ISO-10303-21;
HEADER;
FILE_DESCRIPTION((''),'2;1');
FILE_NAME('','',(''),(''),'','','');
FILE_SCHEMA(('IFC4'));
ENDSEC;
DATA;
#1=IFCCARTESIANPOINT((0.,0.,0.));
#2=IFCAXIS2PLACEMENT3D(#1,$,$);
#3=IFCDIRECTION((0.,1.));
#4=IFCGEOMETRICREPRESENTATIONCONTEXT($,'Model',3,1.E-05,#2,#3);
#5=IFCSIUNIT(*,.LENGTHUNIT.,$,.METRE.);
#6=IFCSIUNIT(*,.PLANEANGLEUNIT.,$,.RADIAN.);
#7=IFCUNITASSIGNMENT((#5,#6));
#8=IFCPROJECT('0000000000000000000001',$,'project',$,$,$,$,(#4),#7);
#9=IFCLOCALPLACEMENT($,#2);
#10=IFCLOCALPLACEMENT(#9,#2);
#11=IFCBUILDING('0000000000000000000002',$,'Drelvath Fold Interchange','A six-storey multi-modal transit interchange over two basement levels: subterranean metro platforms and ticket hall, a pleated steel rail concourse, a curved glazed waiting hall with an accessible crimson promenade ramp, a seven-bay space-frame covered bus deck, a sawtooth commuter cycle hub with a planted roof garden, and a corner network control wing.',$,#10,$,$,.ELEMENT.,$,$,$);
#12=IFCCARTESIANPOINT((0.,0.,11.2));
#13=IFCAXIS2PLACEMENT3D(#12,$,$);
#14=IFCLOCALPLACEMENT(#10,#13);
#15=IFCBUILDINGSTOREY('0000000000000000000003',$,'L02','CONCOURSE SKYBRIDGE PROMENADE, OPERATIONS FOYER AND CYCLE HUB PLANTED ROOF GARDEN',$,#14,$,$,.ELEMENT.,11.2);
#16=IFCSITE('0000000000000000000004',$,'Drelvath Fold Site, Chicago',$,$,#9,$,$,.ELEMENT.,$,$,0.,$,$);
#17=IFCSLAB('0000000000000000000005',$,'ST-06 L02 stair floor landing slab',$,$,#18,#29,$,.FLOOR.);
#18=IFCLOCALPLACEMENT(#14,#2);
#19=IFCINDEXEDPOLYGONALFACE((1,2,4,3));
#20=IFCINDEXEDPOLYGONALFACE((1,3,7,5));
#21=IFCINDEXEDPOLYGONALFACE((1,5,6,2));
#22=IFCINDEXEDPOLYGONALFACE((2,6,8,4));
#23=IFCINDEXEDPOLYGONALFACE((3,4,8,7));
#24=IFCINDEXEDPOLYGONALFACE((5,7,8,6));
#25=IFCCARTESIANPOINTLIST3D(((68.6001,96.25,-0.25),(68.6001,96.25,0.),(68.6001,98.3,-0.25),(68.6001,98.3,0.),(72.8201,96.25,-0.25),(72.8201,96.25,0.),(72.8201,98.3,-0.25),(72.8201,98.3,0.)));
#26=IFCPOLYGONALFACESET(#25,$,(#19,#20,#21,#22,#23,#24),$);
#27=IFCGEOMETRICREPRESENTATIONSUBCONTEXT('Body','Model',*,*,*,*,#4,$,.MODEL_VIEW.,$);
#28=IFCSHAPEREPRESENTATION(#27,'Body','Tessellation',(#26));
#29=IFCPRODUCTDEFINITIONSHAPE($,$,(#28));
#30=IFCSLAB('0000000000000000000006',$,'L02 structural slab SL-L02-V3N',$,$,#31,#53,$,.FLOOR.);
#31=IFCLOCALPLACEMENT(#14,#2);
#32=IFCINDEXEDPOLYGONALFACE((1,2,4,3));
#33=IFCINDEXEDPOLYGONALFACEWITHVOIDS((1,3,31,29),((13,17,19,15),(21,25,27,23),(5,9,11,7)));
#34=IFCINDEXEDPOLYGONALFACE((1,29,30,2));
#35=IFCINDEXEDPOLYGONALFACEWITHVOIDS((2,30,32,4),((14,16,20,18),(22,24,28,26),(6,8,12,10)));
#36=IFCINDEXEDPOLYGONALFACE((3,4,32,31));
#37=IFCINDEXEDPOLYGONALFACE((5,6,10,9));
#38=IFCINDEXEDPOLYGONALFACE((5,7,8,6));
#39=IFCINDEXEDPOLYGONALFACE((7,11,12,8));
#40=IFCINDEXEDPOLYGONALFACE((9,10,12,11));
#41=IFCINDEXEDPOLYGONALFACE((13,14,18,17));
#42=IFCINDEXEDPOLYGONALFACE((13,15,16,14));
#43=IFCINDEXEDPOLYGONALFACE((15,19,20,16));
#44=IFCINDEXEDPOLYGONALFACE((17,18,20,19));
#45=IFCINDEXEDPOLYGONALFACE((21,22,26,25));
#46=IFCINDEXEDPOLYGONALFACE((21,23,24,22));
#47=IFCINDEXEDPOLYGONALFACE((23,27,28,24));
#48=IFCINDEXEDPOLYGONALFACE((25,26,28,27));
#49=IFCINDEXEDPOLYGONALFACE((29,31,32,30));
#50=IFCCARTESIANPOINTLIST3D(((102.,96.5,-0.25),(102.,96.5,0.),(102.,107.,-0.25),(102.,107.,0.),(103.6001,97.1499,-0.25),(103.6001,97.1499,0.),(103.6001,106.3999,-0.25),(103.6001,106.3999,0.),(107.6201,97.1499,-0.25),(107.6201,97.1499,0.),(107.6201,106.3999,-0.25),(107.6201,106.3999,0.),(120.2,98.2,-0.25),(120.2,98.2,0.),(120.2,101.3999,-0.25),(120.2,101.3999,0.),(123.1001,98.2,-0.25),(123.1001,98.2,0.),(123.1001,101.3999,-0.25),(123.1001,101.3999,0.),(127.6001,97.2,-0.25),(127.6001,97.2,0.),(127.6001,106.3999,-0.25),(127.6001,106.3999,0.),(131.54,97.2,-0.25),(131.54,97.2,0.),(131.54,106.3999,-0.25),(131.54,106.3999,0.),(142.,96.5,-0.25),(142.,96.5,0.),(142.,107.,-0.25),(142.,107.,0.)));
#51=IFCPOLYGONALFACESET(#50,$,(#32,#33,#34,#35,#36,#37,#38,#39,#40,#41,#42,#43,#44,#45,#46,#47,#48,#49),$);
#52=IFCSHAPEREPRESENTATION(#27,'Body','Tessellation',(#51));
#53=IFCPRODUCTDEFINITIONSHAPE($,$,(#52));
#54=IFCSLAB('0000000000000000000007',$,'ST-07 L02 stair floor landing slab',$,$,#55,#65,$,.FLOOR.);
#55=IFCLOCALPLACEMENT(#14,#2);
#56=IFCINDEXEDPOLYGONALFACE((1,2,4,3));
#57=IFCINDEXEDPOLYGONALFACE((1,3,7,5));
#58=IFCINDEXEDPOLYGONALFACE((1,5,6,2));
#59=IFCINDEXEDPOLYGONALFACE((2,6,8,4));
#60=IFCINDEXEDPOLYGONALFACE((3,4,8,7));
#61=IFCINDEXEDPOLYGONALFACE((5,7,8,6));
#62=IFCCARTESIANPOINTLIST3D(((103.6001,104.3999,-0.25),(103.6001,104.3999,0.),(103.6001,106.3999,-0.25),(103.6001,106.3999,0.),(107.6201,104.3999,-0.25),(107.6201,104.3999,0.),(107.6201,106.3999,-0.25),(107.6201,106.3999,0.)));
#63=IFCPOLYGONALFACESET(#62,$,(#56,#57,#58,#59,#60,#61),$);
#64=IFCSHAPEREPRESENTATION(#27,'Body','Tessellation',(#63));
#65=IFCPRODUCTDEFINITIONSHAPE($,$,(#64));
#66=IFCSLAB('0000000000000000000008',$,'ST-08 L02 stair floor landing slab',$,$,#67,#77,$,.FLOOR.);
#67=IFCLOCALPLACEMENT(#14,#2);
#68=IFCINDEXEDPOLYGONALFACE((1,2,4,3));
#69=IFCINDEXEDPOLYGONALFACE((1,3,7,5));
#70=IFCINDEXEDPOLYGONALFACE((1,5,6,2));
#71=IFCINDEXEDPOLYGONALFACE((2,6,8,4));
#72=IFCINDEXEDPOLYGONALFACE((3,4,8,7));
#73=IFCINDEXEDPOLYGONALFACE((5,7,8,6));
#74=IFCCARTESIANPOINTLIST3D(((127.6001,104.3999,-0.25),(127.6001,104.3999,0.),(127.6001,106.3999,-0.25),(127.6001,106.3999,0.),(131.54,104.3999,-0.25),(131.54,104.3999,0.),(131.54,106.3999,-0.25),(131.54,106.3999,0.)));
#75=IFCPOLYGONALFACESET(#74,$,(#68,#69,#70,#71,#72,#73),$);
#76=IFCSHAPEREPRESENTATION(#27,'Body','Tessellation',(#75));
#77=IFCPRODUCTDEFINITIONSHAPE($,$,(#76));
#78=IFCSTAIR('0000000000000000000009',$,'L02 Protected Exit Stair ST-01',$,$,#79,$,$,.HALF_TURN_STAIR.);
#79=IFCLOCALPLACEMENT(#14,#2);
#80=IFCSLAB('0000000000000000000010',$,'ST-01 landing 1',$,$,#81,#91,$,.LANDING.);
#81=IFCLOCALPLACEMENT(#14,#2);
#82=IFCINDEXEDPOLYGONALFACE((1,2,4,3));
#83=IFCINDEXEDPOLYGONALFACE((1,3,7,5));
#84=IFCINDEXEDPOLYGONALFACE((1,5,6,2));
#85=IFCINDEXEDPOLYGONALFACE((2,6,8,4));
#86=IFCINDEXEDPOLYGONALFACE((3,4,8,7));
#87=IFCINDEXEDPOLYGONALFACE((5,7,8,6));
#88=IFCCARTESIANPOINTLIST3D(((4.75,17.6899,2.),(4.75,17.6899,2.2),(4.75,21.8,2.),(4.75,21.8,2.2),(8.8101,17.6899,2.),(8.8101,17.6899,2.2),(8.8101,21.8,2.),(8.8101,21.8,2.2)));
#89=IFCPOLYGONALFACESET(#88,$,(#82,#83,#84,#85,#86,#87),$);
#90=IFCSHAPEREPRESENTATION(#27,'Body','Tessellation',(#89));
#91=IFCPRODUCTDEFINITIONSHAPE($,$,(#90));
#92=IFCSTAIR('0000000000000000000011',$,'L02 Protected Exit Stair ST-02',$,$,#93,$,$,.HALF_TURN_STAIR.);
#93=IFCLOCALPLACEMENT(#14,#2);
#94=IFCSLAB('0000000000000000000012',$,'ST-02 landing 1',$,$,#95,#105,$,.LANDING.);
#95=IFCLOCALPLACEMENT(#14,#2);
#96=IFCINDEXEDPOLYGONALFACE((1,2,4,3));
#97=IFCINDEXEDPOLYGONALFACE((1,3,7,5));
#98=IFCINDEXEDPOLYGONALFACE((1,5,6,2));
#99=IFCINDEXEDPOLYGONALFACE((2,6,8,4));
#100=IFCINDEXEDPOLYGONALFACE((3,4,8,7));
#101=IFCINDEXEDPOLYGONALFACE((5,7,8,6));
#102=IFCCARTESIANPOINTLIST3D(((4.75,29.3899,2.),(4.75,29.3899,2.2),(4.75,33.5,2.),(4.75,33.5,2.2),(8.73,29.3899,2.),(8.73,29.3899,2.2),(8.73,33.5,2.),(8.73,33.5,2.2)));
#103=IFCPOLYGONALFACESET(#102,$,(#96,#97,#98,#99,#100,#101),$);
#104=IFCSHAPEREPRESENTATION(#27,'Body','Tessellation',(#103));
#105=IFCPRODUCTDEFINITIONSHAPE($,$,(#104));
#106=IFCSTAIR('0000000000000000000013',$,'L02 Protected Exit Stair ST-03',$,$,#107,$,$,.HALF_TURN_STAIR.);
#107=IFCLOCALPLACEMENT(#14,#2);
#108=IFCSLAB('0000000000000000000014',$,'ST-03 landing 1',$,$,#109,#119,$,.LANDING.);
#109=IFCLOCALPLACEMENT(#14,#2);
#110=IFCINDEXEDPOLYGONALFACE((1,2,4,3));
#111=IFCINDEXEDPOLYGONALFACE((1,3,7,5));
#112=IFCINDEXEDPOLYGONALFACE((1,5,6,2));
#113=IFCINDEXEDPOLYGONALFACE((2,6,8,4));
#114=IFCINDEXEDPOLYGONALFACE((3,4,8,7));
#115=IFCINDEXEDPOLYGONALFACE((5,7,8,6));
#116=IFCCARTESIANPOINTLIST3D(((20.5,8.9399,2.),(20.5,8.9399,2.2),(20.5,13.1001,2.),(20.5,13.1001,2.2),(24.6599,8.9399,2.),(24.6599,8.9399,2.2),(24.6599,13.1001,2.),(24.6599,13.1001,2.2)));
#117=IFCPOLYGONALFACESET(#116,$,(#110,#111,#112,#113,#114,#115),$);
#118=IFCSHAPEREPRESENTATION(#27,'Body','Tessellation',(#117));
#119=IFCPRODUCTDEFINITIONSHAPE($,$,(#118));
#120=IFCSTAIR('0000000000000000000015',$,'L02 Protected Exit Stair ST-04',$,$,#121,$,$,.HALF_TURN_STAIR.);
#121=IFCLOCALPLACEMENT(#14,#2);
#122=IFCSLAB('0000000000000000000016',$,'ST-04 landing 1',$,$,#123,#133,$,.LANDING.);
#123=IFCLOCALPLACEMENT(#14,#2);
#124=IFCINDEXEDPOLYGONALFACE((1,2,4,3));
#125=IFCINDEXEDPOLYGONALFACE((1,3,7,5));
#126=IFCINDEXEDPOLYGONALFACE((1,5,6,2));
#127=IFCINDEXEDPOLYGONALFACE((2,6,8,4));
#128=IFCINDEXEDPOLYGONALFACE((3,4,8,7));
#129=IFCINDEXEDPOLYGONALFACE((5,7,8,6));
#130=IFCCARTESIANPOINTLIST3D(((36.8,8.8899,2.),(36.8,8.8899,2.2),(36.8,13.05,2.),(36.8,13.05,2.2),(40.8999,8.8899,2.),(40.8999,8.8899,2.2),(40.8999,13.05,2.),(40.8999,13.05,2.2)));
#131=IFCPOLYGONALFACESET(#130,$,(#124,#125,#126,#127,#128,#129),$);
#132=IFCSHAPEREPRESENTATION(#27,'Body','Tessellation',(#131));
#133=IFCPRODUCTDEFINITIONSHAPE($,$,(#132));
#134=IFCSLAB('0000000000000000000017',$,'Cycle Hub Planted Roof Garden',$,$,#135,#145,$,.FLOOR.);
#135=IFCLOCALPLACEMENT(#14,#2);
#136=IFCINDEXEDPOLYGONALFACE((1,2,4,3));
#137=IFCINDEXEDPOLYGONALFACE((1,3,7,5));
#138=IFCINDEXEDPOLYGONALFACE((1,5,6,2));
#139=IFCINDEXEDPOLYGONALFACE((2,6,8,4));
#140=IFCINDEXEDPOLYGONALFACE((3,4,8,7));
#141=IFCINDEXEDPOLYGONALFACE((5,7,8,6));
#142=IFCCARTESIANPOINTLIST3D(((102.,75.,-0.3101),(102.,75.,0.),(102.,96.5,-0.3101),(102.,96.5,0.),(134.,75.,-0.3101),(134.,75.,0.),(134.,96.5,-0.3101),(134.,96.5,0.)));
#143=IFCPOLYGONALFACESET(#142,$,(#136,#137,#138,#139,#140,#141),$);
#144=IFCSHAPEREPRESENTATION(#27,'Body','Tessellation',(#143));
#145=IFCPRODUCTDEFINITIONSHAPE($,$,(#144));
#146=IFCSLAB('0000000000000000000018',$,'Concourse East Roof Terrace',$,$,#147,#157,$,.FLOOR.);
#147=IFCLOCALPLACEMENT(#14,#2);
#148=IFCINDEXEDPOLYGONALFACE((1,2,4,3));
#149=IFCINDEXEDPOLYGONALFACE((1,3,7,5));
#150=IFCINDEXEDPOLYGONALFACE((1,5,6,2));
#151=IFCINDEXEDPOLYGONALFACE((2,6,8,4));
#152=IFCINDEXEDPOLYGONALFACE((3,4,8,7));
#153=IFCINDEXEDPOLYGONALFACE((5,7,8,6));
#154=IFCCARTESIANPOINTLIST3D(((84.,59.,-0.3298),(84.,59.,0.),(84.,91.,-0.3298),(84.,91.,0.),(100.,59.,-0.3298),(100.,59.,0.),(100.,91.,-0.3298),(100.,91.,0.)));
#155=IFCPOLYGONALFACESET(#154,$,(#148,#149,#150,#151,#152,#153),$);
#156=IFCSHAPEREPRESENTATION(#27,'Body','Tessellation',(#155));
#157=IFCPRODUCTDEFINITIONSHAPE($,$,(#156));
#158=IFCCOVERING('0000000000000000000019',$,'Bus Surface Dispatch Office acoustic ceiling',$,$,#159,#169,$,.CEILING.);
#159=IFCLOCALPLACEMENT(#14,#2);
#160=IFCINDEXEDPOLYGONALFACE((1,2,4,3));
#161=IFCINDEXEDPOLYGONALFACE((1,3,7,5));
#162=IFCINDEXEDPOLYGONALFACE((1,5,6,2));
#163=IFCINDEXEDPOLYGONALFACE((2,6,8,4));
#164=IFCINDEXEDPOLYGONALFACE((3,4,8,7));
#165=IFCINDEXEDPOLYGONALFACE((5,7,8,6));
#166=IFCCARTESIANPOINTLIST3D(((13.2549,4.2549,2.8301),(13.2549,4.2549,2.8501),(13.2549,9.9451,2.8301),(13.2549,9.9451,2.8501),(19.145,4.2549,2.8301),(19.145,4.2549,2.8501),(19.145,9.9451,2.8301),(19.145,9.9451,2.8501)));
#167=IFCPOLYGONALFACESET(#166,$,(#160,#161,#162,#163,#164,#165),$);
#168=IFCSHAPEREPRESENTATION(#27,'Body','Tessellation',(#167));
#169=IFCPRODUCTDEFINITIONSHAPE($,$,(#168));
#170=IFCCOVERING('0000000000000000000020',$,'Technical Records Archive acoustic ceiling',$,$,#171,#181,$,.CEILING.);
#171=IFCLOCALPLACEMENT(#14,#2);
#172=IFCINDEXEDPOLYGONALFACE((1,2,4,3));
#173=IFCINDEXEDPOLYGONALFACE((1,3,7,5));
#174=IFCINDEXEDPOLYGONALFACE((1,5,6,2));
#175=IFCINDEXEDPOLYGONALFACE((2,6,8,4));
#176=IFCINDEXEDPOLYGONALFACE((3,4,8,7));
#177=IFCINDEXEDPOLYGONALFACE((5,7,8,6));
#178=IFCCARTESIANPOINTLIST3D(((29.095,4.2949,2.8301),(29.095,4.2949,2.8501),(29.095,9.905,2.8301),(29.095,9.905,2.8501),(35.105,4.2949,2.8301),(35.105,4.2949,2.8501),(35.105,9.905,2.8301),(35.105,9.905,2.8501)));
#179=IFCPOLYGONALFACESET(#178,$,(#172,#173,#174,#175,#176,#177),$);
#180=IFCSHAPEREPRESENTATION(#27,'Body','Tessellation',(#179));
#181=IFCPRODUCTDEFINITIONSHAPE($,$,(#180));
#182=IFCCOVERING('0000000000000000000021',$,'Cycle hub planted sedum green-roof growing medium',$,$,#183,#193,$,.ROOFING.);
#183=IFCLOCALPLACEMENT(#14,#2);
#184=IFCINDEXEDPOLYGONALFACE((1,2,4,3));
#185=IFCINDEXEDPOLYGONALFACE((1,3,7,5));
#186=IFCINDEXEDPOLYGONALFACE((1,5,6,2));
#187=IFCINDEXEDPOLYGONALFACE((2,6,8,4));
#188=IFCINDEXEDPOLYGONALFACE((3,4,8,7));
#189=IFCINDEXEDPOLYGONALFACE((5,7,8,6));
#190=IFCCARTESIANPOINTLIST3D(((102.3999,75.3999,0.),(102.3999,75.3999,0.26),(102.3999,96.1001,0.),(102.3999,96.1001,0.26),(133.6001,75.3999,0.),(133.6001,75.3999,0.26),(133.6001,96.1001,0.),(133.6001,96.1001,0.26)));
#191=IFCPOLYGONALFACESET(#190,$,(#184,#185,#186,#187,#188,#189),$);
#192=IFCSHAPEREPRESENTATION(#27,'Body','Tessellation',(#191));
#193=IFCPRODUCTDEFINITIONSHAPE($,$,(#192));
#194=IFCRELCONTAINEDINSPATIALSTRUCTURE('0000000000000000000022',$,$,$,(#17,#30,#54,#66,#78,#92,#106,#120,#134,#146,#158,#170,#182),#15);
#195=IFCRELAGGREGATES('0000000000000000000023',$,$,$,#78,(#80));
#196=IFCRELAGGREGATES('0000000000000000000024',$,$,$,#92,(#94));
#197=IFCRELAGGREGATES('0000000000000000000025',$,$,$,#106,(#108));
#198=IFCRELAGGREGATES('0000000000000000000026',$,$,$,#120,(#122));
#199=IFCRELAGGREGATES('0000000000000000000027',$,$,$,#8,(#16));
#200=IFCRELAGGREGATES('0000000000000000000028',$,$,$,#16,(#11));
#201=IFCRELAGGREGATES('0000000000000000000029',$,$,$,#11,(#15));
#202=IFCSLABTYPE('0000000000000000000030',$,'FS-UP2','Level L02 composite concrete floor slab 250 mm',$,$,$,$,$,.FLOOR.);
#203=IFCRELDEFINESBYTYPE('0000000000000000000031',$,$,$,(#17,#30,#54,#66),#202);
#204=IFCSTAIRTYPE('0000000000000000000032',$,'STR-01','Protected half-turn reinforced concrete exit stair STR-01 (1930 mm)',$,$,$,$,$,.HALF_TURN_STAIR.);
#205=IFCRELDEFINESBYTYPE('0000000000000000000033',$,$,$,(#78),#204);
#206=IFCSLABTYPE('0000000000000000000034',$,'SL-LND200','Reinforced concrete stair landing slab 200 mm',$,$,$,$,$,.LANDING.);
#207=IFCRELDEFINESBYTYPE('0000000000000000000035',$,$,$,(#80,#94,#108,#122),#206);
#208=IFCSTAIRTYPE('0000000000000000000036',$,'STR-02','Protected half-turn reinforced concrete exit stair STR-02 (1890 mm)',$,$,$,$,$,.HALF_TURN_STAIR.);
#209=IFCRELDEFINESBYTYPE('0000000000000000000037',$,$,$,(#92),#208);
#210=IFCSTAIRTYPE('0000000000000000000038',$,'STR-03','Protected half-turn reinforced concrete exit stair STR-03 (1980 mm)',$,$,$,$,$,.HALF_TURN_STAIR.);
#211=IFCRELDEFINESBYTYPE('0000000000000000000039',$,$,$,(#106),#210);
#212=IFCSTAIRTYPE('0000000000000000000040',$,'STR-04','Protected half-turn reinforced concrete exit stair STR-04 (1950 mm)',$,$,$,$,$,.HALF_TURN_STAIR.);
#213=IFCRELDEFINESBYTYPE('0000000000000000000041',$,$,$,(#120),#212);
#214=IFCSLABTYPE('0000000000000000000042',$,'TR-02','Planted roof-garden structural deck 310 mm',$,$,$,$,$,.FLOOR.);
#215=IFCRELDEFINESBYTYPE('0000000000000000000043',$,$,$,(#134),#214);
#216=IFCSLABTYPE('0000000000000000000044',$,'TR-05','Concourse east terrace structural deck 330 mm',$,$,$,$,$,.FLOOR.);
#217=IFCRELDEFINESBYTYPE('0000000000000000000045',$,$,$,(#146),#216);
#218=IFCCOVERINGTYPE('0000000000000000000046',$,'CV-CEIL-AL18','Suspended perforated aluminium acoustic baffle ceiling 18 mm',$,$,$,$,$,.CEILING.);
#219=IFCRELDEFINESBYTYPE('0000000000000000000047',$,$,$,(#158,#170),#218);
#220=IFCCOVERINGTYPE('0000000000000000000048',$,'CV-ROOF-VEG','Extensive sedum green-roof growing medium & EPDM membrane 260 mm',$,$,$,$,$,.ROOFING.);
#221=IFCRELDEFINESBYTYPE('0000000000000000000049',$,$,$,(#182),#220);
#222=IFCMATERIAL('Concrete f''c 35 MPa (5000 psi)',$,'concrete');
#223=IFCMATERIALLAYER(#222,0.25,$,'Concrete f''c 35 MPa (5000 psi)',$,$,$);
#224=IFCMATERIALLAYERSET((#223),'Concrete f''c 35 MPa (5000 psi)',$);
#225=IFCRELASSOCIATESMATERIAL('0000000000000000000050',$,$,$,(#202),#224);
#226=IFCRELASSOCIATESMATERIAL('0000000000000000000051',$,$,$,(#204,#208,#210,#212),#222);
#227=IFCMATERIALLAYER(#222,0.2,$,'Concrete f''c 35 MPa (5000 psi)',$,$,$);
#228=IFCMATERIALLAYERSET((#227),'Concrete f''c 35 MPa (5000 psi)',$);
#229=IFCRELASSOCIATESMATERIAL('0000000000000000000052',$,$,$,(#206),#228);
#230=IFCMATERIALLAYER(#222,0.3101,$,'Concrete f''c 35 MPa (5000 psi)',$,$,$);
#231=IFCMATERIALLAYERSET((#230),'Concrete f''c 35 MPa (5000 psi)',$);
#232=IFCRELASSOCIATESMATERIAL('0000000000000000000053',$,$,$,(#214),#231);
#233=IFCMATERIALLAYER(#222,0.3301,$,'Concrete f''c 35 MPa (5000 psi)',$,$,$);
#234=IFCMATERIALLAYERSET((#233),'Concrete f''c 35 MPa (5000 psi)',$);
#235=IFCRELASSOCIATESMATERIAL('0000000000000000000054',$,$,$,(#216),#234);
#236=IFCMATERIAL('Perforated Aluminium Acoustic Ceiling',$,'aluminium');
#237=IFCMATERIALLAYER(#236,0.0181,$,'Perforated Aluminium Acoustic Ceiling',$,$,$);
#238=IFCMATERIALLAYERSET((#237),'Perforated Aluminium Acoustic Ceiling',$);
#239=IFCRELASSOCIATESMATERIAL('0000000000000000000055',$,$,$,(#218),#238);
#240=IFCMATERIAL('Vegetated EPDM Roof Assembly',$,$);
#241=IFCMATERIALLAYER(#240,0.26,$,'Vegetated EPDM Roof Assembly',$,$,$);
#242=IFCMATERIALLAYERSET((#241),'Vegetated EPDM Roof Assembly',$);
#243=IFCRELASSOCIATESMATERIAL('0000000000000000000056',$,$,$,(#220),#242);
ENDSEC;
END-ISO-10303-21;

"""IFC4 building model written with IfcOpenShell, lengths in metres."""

from ifc_helpers import new_model, si_unit, direction, frame, origin, place, context, subcontext, project, spatial, polyline, outline, extrude, material, layer, layer_set, type_object, element, aggregate, save


model = new_model("IFC4")

# Units and contexts
model_context = context("Model", 3, precision=1e-05, world=origin(), true_north=direction((0.0, 1.0)))
body_context = subcontext(model_context, "Body", "Model", "MODEL_VIEW")
ifc_project = project(units=[si_unit("LENGTHUNIT", "METRE"), si_unit("PLANEANGLEUNIT", "RADIAN")], contexts=[model_context])

# Site, building, storey
site_placement = place(None, origin())
site = spatial("IfcSite", under=ifc_project, at=site_placement, Name="Drelvath Fold Site, Chicago", CompositionType="ELEMENT", RefElevation=0.0)
building_placement = place(site_placement, origin())
building = spatial("IfcBuilding", under=site, at=building_placement, Name="Drelvath Fold Interchange", Description="A six-storey multi-modal transit interchange over two basement levels: subterranean metro platforms and ticket hall, a pleated steel rail concourse, a curved glazed waiting hall with an accessible crimson promenade ramp, a seven-bay space-frame covered bus deck, a sawtooth commuter cycle hub with a planted roof garden, and a corner network control wing.", CompositionType="ELEMENT")
storey_placement = place(building_placement, frame((0.0, 0.0, 11.2)))
storey = spatial("IfcBuildingStorey", under=building, at=storey_placement, Name="L02", Description="CONCOURSE SKYBRIDGE PROMENADE, OPERATIONS FOYER AND CYCLE HUB PLANTED ROOF GARDEN", CompositionType="ELEMENT", Elevation=11.2)

# Slabs
ifc_material_1 = material(Name="Concrete f'c 35 MPa (5000 psi)", Category="concrete")
ifc_layer_1 = layer(ifc_material_1, 0.25, Name="Concrete f'c 35 MPa (5000 psi)")
ifc_layer_set_1 = layer_set([ifc_layer_1], Name="Concrete f'c 35 MPa (5000 psi)")
slab_type_1 = type_object("IfcSlabType", Name="FS-UP2", Description="Level L02 composite concrete floor slab 250 mm", PredefinedType="FLOOR", material=ifc_layer_set_1)
slab_1_placement = place(storey_placement, frame((0.0, 0.0, -0.25)))
element("IfcSlab", 1, at=slab_1_placement, inside=storey, type_object=slab_type_1, Name="ST-06 L02 stair floor landing slab", PredefinedType="FLOOR", context=body_context, shape_type="SweptSolid", body=[
    extrude(outline(polyline([(68.6001, 96.25), (72.8201, 96.25), (72.8201, 98.3), (68.6001, 98.3), (68.6001, 96.25)])), origin(), (0.0, 0.0, 1.0), 0.25),
])
slab_2_placement = place(storey_placement, frame((0.0, 0.0, -0.25)))
element("IfcSlab", 2, at=slab_2_placement, inside=storey, type_object=slab_type_1, Name="L02 structural slab SL-L02-V3N", PredefinedType="FLOOR", context=body_context, shape_type="SweptSolid", body=[
    extrude(outline(polyline([(102.0, 96.5), (142.0, 96.5), (142.0, 107.0), (102.0, 107.0), (102.0, 96.5)]), holes=[polyline([(103.6001, 97.1499), (103.6001, 106.3999), (107.6201, 106.3999), (107.6201, 97.1499), (103.6001, 97.1499)]), polyline([(127.6001, 97.2), (127.6001, 106.3999), (131.54, 106.3999), (131.54, 97.2), (127.6001, 97.2)]), polyline([(120.2, 98.2), (120.2, 101.3999), (123.1001, 101.3999), (123.1001, 98.2), (120.2, 98.2)])]), origin(), (0.0, 0.0, 1.0), 0.25),
])
slab_3_placement = place(storey_placement, frame((0.0, 0.0, -0.25)))
element("IfcSlab", 3, at=slab_3_placement, inside=storey, type_object=slab_type_1, Name="ST-07 L02 stair floor landing slab", PredefinedType="FLOOR", context=body_context, shape_type="SweptSolid", body=[
    extrude(outline(polyline([(103.6001, 104.3999), (107.6201, 104.3999), (107.6201, 106.3999), (103.6001, 106.3999), (103.6001, 104.3999)])), origin(), (0.0, 0.0, 1.0), 0.25),
])
slab_4_placement = place(storey_placement, frame((0.0, 0.0, -0.25)))
element("IfcSlab", 4, at=slab_4_placement, inside=storey, type_object=slab_type_1, Name="ST-08 L02 stair floor landing slab", PredefinedType="FLOOR", context=body_context, shape_type="SweptSolid", body=[
    extrude(outline(polyline([(127.6001, 104.3999), (131.54, 104.3999), (131.54, 106.3999), (127.6001, 106.3999), (127.6001, 104.3999)])), origin(), (0.0, 0.0, 1.0), 0.25),
])

# Stairs, slabs
stair_type_1 = type_object("IfcStairType", Name="STR-01", Description="Protected half-turn reinforced concrete exit stair STR-01 (1930 mm)", PredefinedType="HALF_TURN_STAIR", material=ifc_material_1)
stair_1_placement = place(storey_placement, origin())
stair_1 = element("IfcStair", 5, at=stair_1_placement, inside=storey, type_object=stair_type_1, Name="L02 Protected Exit Stair ST-01", PredefinedType="HALF_TURN_STAIR")
ifc_layer_2 = layer(ifc_material_1, 0.2, Name="Concrete f'c 35 MPa (5000 psi)")
ifc_layer_set_2 = layer_set([ifc_layer_2], Name="Concrete f'c 35 MPa (5000 psi)")
slab_type_2 = type_object("IfcSlabType", Name="SL-LND200", Description="Reinforced concrete stair landing slab 200 mm", PredefinedType="LANDING", material=ifc_layer_set_2)
slab_5_placement = place(storey_placement, frame((0.0, 0.0, 2.0)))
slab_5 = element("IfcSlab", 6, at=slab_5_placement, type_object=slab_type_2, Name="ST-01 landing 1", PredefinedType="LANDING", context=body_context, shape_type="SweptSolid", body=[
    extrude(outline(polyline([(8.8101, 17.6899), (8.8101, 21.8), (4.75, 21.8), (4.75, 17.6899), (8.8101, 17.6899)])), origin(), (0.0, 0.0, 1.0), 0.2),
])
aggregate(stair_1, [slab_5])
stair_type_2 = type_object("IfcStairType", Name="STR-02", Description="Protected half-turn reinforced concrete exit stair STR-02 (1890 mm)", PredefinedType="HALF_TURN_STAIR", material=ifc_material_1)
stair_2_placement = place(storey_placement, origin())
stair_2 = element("IfcStair", 7, at=stair_2_placement, inside=storey, type_object=stair_type_2, Name="L02 Protected Exit Stair ST-02", PredefinedType="HALF_TURN_STAIR")
slab_6_placement = place(storey_placement, frame((0.0, 0.0, 2.0)))
slab_6 = element("IfcSlab", 8, at=slab_6_placement, type_object=slab_type_2, Name="ST-02 landing 1", PredefinedType="LANDING", context=body_context, shape_type="SweptSolid", body=[
    extrude(outline(polyline([(8.73, 29.3899), (8.73, 33.5), (4.75, 33.5), (4.75, 29.3899), (8.73, 29.3899)])), origin(), (0.0, 0.0, 1.0), 0.2),
])
aggregate(stair_2, [slab_6])
stair_type_3 = type_object("IfcStairType", Name="STR-03", Description="Protected half-turn reinforced concrete exit stair STR-03 (1980 mm)", PredefinedType="HALF_TURN_STAIR", material=ifc_material_1)
stair_3_placement = place(storey_placement, origin())
stair_3 = element("IfcStair", 9, at=stair_3_placement, inside=storey, type_object=stair_type_3, Name="L02 Protected Exit Stair ST-03", PredefinedType="HALF_TURN_STAIR")
slab_7_placement = place(storey_placement, frame((0.0, 0.0, 2.0)))
slab_7 = element("IfcSlab", 10, at=slab_7_placement, type_object=slab_type_2, Name="ST-03 landing 1", PredefinedType="LANDING", context=body_context, shape_type="SweptSolid", body=[
    extrude(outline(polyline([(24.6599, 8.9399), (24.6599, 13.1001), (20.5, 13.1001), (20.5, 8.9399), (24.6599, 8.9399)])), origin(), (0.0, 0.0, 1.0), 0.2),
])
aggregate(stair_3, [slab_7])
stair_type_4 = type_object("IfcStairType", Name="STR-04", Description="Protected half-turn reinforced concrete exit stair STR-04 (1950 mm)", PredefinedType="HALF_TURN_STAIR", material=ifc_material_1)
stair_4_placement = place(storey_placement, origin())
stair_4 = element("IfcStair", 11, at=stair_4_placement, inside=storey, type_object=stair_type_4, Name="L02 Protected Exit Stair ST-04", PredefinedType="HALF_TURN_STAIR")
slab_8_placement = place(storey_placement, frame((0.0, 0.0, 2.0)))
slab_8 = element("IfcSlab", 12, at=slab_8_placement, type_object=slab_type_2, Name="ST-04 landing 1", PredefinedType="LANDING", context=body_context, shape_type="SweptSolid", body=[
    extrude(outline(polyline([(40.8999, 8.8899), (40.8999, 13.05), (36.8, 13.05), (36.8, 8.8899), (40.8999, 8.8899)])), origin(), (0.0, 0.0, 1.0), 0.2),
])
aggregate(stair_4, [slab_8])

# Slabs
ifc_layer_3 = layer(ifc_material_1, 0.3101, Name="Concrete f'c 35 MPa (5000 psi)")
ifc_layer_set_3 = layer_set([ifc_layer_3], Name="Concrete f'c 35 MPa (5000 psi)")
slab_type_3 = type_object("IfcSlabType", Name="TR-02", Description="Planted roof-garden structural deck 310 mm", PredefinedType="FLOOR", material=ifc_layer_set_3)
slab_9_placement = place(storey_placement, frame((0.0, 0.0, -0.3101)))
element("IfcSlab", 13, at=slab_9_placement, inside=storey, type_object=slab_type_3, Name="Cycle Hub Planted Roof Garden", PredefinedType="FLOOR", context=body_context, shape_type="SweptSolid", body=[
    extrude(outline(polyline([(102.0, 75.0), (134.0, 75.0), (134.0, 96.5), (102.0, 96.5), (102.0, 75.0)])), origin(), (0.0, 0.0, 1.0), 0.3101),
])
ifc_layer_4 = layer(ifc_material_1, 0.3301, Name="Concrete f'c 35 MPa (5000 psi)")
ifc_layer_set_4 = layer_set([ifc_layer_4], Name="Concrete f'c 35 MPa (5000 psi)")
slab_type_4 = type_object("IfcSlabType", Name="TR-05", Description="Concourse east terrace structural deck 330 mm", PredefinedType="FLOOR", material=ifc_layer_set_4)
slab_10_placement = place(storey_placement, frame((0.0, 0.0, -0.3298)))
element("IfcSlab", 14, at=slab_10_placement, inside=storey, type_object=slab_type_4, Name="Concourse East Roof Terrace", PredefinedType="FLOOR", context=body_context, shape_type="SweptSolid", body=[
    extrude(outline(polyline([(84.0, 59.0), (100.0, 59.0), (100.0, 91.0), (84.0, 91.0), (84.0, 59.0)])), origin(), (0.0, 0.0, 1.0), 0.3298),
])

# Coverings
ifc_material_2 = material(Name="Perforated Aluminium Acoustic Ceiling", Category="aluminium")
ifc_layer_5 = layer(ifc_material_2, 0.0181, Name="Perforated Aluminium Acoustic Ceiling")
ifc_layer_set_5 = layer_set([ifc_layer_5], Name="Perforated Aluminium Acoustic Ceiling")
covering_type_1 = type_object("IfcCoveringType", Name="CV-CEIL-AL18", Description="Suspended perforated aluminium acoustic baffle ceiling 18 mm", PredefinedType="CEILING", material=ifc_layer_set_5)
covering_1_placement = place(storey_placement, frame((0.0, 0.0, 2.8301)))
element("IfcCovering", 15, at=covering_1_placement, inside=storey, type_object=covering_type_1, Name="Bus Surface Dispatch Office acoustic ceiling", PredefinedType="CEILING", context=body_context, shape_type="SweptSolid", body=[
    extrude(outline(polyline([(13.2549, 4.2549), (19.145, 4.2549), (19.145, 9.9451), (13.2549, 9.9451), (13.2549, 4.2549)])), origin(), (0.0, 0.0, 1.0), 0.02),
])
covering_2_placement = place(storey_placement, frame((0.0, 0.0, 2.8301)))
element("IfcCovering", 16, at=covering_2_placement, inside=storey, type_object=covering_type_1, Name="Technical Records Archive acoustic ceiling", PredefinedType="CEILING", context=body_context, shape_type="SweptSolid", body=[
    extrude(outline(polyline([(29.095, 4.2949), (35.105, 4.2949), (35.105, 9.905), (29.095, 9.905), (29.095, 4.2949)])), origin(), (0.0, 0.0, 1.0), 0.02),
])
ifc_material_3 = material(Name="Vegetated EPDM Roof Assembly")
ifc_layer_6 = layer(ifc_material_3, 0.26, Name="Vegetated EPDM Roof Assembly")
ifc_layer_set_6 = layer_set([ifc_layer_6], Name="Vegetated EPDM Roof Assembly")
covering_type_2 = type_object("IfcCoveringType", Name="CV-ROOF-VEG", Description="Extensive sedum green-roof growing medium & EPDM membrane 260 mm", PredefinedType="ROOFING", material=ifc_layer_set_6)
covering_3_placement = place(storey_placement, origin())
element("IfcCovering", 17, at=covering_3_placement, inside=storey, type_object=covering_type_2, Name="Cycle hub planted sedum green-roof growing medium", PredefinedType="ROOFING", context=body_context, shape_type="SweptSolid", body=[
    extrude(outline(polyline([(102.3999, 75.3999), (133.6001, 75.3999), (133.6001, 96.1001), (102.3999, 96.1001), (102.3999, 75.3999)])), origin(), (0.0, 0.0, 1.0), 0.26),
])

save(model, "model.ifc")
